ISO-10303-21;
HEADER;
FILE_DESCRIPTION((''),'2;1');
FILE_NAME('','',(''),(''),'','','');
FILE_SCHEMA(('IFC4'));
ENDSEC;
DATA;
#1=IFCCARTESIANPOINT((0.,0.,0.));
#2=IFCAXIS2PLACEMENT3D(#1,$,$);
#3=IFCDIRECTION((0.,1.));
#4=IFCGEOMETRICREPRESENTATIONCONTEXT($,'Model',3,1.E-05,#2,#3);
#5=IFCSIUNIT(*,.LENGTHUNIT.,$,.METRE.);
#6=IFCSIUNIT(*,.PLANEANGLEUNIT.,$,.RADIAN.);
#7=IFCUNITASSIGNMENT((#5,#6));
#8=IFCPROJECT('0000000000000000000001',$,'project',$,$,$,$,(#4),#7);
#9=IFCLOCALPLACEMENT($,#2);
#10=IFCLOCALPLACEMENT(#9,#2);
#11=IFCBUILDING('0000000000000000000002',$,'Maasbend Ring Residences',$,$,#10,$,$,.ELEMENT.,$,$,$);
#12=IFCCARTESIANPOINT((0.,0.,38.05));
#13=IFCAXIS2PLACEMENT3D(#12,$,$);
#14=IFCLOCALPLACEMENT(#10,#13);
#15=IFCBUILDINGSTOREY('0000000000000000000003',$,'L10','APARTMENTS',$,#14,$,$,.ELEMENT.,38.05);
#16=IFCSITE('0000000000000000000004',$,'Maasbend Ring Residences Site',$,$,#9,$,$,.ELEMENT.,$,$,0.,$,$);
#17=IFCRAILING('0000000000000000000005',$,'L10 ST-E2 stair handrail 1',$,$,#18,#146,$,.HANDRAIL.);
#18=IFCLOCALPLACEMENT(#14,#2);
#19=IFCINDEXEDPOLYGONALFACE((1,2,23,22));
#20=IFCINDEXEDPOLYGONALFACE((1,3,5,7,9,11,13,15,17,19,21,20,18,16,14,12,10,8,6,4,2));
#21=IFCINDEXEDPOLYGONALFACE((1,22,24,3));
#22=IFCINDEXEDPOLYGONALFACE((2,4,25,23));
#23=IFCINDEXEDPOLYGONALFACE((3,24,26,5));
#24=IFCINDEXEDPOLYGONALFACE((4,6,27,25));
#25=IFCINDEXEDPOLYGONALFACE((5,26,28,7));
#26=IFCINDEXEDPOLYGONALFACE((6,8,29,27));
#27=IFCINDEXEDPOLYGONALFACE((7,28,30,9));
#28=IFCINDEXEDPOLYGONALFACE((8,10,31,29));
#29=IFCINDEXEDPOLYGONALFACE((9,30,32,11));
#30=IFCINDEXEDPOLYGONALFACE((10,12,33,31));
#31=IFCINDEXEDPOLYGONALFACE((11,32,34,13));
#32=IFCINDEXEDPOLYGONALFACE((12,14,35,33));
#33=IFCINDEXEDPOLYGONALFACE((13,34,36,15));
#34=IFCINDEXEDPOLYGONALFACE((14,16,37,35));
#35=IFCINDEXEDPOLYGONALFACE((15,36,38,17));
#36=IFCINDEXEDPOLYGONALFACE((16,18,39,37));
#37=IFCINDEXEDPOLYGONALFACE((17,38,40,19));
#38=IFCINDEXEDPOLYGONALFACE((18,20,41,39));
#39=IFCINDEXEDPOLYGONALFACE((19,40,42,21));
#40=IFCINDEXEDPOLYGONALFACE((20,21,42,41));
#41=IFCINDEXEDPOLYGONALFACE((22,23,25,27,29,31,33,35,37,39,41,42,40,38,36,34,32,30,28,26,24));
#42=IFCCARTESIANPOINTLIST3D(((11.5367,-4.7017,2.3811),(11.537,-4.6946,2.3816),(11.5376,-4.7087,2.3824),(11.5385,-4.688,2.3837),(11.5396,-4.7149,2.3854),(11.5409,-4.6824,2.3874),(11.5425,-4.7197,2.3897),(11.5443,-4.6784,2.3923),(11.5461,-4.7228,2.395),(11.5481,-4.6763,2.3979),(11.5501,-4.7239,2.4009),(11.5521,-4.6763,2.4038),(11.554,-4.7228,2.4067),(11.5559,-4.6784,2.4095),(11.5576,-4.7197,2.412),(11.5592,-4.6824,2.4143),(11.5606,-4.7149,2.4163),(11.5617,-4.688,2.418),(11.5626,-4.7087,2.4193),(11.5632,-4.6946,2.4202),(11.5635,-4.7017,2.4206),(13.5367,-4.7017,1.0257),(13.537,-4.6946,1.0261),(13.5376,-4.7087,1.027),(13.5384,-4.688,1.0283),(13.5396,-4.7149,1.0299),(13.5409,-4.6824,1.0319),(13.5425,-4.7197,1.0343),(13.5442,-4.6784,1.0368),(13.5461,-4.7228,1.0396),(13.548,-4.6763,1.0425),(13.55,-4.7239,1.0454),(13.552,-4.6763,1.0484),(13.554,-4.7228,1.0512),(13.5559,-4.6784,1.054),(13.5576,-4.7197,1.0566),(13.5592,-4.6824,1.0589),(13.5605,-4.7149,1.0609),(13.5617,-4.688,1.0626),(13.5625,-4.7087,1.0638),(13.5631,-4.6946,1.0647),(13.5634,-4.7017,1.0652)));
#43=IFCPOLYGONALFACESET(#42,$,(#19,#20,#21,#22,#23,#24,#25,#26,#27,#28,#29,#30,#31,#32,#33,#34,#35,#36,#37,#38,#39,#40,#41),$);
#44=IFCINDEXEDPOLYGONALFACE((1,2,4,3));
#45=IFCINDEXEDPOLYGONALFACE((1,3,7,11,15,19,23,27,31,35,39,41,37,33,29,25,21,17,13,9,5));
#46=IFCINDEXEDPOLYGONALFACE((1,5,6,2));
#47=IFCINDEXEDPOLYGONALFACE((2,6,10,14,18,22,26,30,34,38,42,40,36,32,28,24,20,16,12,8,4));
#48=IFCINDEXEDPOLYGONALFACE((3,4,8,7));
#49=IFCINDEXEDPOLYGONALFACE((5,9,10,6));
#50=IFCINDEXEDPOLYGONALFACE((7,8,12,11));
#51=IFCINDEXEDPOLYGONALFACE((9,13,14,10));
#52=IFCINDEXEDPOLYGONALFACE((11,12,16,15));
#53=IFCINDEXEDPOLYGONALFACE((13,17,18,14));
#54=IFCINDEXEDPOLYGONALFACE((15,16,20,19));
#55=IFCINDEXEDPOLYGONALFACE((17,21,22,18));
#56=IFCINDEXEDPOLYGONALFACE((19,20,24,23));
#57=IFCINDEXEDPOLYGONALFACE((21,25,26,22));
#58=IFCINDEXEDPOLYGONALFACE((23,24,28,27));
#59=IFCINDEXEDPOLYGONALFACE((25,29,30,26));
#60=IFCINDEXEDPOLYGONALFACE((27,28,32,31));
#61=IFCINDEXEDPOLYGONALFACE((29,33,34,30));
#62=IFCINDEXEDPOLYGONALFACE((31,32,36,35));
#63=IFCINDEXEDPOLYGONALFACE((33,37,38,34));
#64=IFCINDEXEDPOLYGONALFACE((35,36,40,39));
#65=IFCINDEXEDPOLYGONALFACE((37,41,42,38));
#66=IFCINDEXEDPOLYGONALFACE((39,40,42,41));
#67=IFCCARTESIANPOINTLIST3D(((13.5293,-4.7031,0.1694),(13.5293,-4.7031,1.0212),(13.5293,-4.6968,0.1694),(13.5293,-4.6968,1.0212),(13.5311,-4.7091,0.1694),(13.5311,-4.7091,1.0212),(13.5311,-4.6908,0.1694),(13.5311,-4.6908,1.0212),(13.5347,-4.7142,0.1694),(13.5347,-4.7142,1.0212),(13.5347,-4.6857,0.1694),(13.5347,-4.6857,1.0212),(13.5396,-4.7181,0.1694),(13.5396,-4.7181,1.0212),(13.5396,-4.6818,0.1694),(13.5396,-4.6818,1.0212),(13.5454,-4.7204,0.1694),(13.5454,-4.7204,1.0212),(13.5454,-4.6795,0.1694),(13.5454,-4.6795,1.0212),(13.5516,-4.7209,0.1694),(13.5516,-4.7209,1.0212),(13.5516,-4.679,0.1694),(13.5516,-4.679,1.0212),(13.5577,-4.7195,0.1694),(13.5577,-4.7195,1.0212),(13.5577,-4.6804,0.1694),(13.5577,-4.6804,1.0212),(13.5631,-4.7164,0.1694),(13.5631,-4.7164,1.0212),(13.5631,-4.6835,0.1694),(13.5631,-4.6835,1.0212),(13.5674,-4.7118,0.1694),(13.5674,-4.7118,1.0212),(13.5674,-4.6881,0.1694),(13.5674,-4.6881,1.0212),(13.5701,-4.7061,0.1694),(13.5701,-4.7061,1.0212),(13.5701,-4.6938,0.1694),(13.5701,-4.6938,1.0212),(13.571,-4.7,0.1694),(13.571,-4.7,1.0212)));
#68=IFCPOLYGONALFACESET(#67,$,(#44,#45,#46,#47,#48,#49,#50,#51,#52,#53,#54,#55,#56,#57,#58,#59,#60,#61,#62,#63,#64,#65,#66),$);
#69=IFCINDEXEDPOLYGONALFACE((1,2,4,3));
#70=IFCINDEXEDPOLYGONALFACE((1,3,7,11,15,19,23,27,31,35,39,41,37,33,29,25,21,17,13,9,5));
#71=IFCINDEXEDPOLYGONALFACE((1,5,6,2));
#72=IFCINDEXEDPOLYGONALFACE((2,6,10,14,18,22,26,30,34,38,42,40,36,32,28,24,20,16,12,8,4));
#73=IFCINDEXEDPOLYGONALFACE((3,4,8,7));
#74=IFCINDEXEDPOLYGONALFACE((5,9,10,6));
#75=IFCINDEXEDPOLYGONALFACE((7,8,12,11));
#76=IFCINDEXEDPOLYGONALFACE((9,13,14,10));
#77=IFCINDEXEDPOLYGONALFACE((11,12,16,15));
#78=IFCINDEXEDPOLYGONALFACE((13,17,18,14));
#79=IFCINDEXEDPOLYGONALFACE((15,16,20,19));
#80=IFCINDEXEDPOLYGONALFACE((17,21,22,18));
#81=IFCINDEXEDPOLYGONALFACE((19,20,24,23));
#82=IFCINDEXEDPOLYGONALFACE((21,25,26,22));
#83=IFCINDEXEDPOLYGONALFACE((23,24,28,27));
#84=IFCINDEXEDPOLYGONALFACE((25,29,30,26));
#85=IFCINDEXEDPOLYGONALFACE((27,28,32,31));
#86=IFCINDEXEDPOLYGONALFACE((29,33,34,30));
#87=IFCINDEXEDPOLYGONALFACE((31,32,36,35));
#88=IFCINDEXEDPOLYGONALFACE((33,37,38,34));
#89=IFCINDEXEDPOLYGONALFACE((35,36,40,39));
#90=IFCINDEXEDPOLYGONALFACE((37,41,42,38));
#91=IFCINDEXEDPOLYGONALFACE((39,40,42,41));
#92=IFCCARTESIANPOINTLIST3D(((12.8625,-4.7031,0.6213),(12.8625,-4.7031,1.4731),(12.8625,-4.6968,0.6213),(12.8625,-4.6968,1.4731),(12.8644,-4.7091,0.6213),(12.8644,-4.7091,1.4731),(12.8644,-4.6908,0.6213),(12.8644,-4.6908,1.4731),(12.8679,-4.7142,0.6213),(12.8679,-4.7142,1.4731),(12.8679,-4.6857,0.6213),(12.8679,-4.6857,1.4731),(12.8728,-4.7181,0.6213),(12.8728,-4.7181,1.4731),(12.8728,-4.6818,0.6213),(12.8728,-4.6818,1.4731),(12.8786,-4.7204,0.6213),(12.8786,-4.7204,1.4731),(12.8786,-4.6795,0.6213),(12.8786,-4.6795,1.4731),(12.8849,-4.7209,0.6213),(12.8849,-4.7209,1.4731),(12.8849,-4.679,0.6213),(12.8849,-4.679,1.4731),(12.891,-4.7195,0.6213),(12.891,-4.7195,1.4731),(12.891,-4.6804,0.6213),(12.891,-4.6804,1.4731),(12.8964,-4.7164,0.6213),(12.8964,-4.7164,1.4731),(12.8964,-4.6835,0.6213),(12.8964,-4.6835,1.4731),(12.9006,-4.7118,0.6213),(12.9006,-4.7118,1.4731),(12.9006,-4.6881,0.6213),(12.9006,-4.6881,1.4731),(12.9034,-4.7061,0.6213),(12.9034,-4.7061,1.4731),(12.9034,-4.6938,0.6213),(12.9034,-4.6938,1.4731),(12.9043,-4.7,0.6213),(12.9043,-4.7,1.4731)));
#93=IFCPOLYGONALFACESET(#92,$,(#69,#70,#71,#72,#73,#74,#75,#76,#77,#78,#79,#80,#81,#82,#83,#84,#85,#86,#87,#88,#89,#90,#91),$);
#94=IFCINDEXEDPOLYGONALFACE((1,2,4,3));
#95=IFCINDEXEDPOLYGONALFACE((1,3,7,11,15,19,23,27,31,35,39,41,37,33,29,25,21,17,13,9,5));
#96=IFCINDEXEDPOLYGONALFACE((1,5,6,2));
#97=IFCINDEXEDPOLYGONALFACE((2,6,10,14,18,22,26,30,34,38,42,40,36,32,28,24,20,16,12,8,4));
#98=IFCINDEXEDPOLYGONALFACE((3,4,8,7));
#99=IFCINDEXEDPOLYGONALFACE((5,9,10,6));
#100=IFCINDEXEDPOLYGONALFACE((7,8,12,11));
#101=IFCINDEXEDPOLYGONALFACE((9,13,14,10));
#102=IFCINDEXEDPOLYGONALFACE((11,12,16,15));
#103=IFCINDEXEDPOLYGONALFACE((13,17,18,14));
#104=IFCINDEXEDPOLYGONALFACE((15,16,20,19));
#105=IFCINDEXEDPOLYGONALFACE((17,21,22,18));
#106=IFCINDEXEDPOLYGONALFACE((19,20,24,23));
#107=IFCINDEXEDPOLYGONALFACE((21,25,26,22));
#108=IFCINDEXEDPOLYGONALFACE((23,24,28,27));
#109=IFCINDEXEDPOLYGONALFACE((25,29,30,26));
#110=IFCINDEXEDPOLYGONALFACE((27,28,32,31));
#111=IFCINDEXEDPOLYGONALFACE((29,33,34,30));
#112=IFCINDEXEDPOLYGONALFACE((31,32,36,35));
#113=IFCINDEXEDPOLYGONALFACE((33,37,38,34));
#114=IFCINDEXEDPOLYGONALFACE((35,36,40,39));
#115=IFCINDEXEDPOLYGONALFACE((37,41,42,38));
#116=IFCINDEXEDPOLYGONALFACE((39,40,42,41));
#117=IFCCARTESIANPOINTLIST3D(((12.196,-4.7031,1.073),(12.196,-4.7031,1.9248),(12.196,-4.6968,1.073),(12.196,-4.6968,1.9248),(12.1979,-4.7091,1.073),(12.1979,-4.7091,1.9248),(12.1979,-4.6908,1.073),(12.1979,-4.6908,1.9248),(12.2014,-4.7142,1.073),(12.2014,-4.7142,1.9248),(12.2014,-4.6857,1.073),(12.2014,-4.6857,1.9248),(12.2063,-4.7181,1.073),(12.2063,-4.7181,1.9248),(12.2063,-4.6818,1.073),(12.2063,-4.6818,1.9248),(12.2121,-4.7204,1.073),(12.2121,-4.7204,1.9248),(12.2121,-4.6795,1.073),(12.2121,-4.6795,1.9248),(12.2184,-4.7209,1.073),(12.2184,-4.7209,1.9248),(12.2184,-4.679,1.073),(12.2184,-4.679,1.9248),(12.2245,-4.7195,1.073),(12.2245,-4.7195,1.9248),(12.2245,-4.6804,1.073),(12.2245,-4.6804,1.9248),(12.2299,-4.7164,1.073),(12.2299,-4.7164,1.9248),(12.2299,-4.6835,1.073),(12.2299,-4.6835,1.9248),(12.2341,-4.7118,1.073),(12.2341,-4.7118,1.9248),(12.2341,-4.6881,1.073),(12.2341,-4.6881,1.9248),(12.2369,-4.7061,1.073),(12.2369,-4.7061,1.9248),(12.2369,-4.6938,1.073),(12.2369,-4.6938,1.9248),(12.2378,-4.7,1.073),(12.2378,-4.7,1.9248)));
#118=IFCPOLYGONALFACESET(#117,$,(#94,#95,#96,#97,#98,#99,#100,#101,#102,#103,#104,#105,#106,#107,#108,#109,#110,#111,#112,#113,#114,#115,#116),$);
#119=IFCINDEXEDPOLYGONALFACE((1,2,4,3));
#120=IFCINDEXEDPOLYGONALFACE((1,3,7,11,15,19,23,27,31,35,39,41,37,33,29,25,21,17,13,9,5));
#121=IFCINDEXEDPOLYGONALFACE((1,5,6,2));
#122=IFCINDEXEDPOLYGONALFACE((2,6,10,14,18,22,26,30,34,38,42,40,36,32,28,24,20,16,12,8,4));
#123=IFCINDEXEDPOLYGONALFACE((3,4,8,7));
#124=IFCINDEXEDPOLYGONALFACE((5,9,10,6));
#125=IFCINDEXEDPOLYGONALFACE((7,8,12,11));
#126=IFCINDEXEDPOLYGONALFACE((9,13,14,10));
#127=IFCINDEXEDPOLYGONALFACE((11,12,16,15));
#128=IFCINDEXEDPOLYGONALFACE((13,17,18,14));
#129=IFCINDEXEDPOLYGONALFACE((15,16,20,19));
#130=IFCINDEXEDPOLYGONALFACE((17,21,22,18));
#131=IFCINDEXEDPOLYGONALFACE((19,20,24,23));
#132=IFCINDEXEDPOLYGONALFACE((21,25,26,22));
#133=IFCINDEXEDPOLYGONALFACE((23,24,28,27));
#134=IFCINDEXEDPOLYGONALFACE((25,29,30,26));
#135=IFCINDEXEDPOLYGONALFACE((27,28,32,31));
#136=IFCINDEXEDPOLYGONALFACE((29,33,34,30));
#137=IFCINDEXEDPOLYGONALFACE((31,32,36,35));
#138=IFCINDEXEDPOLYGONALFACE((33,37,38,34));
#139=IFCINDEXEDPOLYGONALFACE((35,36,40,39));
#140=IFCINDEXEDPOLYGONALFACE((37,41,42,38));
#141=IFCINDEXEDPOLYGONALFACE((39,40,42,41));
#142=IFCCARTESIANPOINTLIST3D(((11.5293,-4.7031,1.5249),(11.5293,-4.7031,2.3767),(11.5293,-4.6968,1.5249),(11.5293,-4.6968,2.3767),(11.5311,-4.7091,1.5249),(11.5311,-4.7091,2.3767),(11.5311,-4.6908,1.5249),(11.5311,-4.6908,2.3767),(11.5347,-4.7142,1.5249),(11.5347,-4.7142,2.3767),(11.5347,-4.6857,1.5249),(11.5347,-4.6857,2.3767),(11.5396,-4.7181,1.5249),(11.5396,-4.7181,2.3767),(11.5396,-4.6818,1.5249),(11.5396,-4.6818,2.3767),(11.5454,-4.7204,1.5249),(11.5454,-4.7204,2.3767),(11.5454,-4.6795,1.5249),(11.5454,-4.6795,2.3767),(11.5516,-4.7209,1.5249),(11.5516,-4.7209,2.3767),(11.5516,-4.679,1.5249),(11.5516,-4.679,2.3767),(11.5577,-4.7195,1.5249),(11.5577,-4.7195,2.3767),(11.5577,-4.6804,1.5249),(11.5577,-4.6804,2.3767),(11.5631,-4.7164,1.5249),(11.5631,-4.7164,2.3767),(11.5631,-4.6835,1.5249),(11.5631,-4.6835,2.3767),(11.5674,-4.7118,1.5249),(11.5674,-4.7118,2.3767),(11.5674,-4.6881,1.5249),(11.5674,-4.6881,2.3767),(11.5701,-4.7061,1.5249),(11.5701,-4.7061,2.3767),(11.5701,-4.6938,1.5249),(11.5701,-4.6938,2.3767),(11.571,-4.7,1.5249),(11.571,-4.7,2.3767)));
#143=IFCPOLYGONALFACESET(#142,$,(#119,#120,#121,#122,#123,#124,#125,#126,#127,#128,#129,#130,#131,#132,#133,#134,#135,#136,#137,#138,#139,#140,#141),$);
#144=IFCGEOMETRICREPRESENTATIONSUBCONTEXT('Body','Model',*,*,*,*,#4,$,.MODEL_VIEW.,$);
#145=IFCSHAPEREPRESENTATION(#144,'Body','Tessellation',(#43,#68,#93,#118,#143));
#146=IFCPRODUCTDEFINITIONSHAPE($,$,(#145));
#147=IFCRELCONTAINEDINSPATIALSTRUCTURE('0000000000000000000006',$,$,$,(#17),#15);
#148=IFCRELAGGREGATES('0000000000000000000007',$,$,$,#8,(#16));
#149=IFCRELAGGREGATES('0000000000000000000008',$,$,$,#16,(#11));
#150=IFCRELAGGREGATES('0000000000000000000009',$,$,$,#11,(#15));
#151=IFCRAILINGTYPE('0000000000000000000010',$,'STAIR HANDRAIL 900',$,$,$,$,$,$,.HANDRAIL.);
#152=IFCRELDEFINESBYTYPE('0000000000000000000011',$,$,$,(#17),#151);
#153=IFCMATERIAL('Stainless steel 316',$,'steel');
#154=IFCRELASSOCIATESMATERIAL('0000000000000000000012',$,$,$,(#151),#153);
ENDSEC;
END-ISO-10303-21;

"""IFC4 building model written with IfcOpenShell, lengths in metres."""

from ifc_helpers import new_model, si_unit, direction, frame, origin, origin_2d, place, context, subcontext, project, spatial, circle, extrude, material, type_object, element, save


model = new_model("IFC4")

# Units and contexts
model_context = context("Model", 3, precision=1e-05, world=origin(), true_north=direction((0.0, 1.0)))
body_context = subcontext(model_context, "Body", "Model", "MODEL_VIEW")
ifc_project = project(units=[si_unit("LENGTHUNIT", "METRE"), si_unit("PLANEANGLEUNIT", "RADIAN")], contexts=[model_context])

# Site, building, storey
site_placement = place(None, origin())
site = spatial("IfcSite", under=ifc_project, at=site_placement, Name="Maasbend Ring Residences Site", CompositionType="ELEMENT", RefElevation=0.0)
building_placement = place(site_placement, origin())
building = spatial("IfcBuilding", under=site, at=building_placement, Name="Maasbend Ring Residences", CompositionType="ELEMENT")
storey_placement = place(building_placement, frame((0.0, 0.0, 38.05)))
storey = spatial("IfcBuildingStorey", under=building, at=storey_placement, Name="L10", Description="APARTMENTS", CompositionType="ELEMENT", Elevation=38.05)

# Railing
ifc_material_1 = material(Name="Stainless steel 316", Category="steel")
railing_type_1 = type_object("IfcRailingType", Name="STAIR HANDRAIL 900", PredefinedType="HANDRAIL", material=ifc_material_1)
railing_1_placement = place(storey_placement, frame((13.55, -4.7, 0.1694)))
element("IfcRailing", 1, at=railing_1_placement, inside=storey, type_object=railing_type_1, Name="L10 ST-E2 stair handrail 1", PredefinedType="HANDRAIL", context=body_context, shape_type="SweptSolid", body=[
    extrude(circle(Radius=0.0239, at=origin_2d()), frame((0.0, 0.0, 0.876), z_axis=(-0.827798, 0.0, 0.561027), x_axis=(0.0, -1.0, 0.0)), (0.0, 0.0, 1.0), 2.416),
    extrude(circle(Radius=0.021, at=origin_2d()), origin(), (0.0, 0.0, 1.0), 0.8518),
    extrude(circle(Radius=0.021, at=origin_2d()), frame((-0.6667, 0.0, 0.4519)), (0.0, 0.0, 1.0), 0.8518),
    extrude(circle(Radius=0.021, at=origin_2d()), frame((-1.3333, 0.0, 0.9036)), (0.0, 0.0, 1.0), 0.8518),
    extrude(circle(Radius=0.021, at=origin_2d()), frame((-2.0, 0.0, 1.3555)), (0.0, 0.0, 1.0), 0.8518),
])

save(model, "model.ifc")
